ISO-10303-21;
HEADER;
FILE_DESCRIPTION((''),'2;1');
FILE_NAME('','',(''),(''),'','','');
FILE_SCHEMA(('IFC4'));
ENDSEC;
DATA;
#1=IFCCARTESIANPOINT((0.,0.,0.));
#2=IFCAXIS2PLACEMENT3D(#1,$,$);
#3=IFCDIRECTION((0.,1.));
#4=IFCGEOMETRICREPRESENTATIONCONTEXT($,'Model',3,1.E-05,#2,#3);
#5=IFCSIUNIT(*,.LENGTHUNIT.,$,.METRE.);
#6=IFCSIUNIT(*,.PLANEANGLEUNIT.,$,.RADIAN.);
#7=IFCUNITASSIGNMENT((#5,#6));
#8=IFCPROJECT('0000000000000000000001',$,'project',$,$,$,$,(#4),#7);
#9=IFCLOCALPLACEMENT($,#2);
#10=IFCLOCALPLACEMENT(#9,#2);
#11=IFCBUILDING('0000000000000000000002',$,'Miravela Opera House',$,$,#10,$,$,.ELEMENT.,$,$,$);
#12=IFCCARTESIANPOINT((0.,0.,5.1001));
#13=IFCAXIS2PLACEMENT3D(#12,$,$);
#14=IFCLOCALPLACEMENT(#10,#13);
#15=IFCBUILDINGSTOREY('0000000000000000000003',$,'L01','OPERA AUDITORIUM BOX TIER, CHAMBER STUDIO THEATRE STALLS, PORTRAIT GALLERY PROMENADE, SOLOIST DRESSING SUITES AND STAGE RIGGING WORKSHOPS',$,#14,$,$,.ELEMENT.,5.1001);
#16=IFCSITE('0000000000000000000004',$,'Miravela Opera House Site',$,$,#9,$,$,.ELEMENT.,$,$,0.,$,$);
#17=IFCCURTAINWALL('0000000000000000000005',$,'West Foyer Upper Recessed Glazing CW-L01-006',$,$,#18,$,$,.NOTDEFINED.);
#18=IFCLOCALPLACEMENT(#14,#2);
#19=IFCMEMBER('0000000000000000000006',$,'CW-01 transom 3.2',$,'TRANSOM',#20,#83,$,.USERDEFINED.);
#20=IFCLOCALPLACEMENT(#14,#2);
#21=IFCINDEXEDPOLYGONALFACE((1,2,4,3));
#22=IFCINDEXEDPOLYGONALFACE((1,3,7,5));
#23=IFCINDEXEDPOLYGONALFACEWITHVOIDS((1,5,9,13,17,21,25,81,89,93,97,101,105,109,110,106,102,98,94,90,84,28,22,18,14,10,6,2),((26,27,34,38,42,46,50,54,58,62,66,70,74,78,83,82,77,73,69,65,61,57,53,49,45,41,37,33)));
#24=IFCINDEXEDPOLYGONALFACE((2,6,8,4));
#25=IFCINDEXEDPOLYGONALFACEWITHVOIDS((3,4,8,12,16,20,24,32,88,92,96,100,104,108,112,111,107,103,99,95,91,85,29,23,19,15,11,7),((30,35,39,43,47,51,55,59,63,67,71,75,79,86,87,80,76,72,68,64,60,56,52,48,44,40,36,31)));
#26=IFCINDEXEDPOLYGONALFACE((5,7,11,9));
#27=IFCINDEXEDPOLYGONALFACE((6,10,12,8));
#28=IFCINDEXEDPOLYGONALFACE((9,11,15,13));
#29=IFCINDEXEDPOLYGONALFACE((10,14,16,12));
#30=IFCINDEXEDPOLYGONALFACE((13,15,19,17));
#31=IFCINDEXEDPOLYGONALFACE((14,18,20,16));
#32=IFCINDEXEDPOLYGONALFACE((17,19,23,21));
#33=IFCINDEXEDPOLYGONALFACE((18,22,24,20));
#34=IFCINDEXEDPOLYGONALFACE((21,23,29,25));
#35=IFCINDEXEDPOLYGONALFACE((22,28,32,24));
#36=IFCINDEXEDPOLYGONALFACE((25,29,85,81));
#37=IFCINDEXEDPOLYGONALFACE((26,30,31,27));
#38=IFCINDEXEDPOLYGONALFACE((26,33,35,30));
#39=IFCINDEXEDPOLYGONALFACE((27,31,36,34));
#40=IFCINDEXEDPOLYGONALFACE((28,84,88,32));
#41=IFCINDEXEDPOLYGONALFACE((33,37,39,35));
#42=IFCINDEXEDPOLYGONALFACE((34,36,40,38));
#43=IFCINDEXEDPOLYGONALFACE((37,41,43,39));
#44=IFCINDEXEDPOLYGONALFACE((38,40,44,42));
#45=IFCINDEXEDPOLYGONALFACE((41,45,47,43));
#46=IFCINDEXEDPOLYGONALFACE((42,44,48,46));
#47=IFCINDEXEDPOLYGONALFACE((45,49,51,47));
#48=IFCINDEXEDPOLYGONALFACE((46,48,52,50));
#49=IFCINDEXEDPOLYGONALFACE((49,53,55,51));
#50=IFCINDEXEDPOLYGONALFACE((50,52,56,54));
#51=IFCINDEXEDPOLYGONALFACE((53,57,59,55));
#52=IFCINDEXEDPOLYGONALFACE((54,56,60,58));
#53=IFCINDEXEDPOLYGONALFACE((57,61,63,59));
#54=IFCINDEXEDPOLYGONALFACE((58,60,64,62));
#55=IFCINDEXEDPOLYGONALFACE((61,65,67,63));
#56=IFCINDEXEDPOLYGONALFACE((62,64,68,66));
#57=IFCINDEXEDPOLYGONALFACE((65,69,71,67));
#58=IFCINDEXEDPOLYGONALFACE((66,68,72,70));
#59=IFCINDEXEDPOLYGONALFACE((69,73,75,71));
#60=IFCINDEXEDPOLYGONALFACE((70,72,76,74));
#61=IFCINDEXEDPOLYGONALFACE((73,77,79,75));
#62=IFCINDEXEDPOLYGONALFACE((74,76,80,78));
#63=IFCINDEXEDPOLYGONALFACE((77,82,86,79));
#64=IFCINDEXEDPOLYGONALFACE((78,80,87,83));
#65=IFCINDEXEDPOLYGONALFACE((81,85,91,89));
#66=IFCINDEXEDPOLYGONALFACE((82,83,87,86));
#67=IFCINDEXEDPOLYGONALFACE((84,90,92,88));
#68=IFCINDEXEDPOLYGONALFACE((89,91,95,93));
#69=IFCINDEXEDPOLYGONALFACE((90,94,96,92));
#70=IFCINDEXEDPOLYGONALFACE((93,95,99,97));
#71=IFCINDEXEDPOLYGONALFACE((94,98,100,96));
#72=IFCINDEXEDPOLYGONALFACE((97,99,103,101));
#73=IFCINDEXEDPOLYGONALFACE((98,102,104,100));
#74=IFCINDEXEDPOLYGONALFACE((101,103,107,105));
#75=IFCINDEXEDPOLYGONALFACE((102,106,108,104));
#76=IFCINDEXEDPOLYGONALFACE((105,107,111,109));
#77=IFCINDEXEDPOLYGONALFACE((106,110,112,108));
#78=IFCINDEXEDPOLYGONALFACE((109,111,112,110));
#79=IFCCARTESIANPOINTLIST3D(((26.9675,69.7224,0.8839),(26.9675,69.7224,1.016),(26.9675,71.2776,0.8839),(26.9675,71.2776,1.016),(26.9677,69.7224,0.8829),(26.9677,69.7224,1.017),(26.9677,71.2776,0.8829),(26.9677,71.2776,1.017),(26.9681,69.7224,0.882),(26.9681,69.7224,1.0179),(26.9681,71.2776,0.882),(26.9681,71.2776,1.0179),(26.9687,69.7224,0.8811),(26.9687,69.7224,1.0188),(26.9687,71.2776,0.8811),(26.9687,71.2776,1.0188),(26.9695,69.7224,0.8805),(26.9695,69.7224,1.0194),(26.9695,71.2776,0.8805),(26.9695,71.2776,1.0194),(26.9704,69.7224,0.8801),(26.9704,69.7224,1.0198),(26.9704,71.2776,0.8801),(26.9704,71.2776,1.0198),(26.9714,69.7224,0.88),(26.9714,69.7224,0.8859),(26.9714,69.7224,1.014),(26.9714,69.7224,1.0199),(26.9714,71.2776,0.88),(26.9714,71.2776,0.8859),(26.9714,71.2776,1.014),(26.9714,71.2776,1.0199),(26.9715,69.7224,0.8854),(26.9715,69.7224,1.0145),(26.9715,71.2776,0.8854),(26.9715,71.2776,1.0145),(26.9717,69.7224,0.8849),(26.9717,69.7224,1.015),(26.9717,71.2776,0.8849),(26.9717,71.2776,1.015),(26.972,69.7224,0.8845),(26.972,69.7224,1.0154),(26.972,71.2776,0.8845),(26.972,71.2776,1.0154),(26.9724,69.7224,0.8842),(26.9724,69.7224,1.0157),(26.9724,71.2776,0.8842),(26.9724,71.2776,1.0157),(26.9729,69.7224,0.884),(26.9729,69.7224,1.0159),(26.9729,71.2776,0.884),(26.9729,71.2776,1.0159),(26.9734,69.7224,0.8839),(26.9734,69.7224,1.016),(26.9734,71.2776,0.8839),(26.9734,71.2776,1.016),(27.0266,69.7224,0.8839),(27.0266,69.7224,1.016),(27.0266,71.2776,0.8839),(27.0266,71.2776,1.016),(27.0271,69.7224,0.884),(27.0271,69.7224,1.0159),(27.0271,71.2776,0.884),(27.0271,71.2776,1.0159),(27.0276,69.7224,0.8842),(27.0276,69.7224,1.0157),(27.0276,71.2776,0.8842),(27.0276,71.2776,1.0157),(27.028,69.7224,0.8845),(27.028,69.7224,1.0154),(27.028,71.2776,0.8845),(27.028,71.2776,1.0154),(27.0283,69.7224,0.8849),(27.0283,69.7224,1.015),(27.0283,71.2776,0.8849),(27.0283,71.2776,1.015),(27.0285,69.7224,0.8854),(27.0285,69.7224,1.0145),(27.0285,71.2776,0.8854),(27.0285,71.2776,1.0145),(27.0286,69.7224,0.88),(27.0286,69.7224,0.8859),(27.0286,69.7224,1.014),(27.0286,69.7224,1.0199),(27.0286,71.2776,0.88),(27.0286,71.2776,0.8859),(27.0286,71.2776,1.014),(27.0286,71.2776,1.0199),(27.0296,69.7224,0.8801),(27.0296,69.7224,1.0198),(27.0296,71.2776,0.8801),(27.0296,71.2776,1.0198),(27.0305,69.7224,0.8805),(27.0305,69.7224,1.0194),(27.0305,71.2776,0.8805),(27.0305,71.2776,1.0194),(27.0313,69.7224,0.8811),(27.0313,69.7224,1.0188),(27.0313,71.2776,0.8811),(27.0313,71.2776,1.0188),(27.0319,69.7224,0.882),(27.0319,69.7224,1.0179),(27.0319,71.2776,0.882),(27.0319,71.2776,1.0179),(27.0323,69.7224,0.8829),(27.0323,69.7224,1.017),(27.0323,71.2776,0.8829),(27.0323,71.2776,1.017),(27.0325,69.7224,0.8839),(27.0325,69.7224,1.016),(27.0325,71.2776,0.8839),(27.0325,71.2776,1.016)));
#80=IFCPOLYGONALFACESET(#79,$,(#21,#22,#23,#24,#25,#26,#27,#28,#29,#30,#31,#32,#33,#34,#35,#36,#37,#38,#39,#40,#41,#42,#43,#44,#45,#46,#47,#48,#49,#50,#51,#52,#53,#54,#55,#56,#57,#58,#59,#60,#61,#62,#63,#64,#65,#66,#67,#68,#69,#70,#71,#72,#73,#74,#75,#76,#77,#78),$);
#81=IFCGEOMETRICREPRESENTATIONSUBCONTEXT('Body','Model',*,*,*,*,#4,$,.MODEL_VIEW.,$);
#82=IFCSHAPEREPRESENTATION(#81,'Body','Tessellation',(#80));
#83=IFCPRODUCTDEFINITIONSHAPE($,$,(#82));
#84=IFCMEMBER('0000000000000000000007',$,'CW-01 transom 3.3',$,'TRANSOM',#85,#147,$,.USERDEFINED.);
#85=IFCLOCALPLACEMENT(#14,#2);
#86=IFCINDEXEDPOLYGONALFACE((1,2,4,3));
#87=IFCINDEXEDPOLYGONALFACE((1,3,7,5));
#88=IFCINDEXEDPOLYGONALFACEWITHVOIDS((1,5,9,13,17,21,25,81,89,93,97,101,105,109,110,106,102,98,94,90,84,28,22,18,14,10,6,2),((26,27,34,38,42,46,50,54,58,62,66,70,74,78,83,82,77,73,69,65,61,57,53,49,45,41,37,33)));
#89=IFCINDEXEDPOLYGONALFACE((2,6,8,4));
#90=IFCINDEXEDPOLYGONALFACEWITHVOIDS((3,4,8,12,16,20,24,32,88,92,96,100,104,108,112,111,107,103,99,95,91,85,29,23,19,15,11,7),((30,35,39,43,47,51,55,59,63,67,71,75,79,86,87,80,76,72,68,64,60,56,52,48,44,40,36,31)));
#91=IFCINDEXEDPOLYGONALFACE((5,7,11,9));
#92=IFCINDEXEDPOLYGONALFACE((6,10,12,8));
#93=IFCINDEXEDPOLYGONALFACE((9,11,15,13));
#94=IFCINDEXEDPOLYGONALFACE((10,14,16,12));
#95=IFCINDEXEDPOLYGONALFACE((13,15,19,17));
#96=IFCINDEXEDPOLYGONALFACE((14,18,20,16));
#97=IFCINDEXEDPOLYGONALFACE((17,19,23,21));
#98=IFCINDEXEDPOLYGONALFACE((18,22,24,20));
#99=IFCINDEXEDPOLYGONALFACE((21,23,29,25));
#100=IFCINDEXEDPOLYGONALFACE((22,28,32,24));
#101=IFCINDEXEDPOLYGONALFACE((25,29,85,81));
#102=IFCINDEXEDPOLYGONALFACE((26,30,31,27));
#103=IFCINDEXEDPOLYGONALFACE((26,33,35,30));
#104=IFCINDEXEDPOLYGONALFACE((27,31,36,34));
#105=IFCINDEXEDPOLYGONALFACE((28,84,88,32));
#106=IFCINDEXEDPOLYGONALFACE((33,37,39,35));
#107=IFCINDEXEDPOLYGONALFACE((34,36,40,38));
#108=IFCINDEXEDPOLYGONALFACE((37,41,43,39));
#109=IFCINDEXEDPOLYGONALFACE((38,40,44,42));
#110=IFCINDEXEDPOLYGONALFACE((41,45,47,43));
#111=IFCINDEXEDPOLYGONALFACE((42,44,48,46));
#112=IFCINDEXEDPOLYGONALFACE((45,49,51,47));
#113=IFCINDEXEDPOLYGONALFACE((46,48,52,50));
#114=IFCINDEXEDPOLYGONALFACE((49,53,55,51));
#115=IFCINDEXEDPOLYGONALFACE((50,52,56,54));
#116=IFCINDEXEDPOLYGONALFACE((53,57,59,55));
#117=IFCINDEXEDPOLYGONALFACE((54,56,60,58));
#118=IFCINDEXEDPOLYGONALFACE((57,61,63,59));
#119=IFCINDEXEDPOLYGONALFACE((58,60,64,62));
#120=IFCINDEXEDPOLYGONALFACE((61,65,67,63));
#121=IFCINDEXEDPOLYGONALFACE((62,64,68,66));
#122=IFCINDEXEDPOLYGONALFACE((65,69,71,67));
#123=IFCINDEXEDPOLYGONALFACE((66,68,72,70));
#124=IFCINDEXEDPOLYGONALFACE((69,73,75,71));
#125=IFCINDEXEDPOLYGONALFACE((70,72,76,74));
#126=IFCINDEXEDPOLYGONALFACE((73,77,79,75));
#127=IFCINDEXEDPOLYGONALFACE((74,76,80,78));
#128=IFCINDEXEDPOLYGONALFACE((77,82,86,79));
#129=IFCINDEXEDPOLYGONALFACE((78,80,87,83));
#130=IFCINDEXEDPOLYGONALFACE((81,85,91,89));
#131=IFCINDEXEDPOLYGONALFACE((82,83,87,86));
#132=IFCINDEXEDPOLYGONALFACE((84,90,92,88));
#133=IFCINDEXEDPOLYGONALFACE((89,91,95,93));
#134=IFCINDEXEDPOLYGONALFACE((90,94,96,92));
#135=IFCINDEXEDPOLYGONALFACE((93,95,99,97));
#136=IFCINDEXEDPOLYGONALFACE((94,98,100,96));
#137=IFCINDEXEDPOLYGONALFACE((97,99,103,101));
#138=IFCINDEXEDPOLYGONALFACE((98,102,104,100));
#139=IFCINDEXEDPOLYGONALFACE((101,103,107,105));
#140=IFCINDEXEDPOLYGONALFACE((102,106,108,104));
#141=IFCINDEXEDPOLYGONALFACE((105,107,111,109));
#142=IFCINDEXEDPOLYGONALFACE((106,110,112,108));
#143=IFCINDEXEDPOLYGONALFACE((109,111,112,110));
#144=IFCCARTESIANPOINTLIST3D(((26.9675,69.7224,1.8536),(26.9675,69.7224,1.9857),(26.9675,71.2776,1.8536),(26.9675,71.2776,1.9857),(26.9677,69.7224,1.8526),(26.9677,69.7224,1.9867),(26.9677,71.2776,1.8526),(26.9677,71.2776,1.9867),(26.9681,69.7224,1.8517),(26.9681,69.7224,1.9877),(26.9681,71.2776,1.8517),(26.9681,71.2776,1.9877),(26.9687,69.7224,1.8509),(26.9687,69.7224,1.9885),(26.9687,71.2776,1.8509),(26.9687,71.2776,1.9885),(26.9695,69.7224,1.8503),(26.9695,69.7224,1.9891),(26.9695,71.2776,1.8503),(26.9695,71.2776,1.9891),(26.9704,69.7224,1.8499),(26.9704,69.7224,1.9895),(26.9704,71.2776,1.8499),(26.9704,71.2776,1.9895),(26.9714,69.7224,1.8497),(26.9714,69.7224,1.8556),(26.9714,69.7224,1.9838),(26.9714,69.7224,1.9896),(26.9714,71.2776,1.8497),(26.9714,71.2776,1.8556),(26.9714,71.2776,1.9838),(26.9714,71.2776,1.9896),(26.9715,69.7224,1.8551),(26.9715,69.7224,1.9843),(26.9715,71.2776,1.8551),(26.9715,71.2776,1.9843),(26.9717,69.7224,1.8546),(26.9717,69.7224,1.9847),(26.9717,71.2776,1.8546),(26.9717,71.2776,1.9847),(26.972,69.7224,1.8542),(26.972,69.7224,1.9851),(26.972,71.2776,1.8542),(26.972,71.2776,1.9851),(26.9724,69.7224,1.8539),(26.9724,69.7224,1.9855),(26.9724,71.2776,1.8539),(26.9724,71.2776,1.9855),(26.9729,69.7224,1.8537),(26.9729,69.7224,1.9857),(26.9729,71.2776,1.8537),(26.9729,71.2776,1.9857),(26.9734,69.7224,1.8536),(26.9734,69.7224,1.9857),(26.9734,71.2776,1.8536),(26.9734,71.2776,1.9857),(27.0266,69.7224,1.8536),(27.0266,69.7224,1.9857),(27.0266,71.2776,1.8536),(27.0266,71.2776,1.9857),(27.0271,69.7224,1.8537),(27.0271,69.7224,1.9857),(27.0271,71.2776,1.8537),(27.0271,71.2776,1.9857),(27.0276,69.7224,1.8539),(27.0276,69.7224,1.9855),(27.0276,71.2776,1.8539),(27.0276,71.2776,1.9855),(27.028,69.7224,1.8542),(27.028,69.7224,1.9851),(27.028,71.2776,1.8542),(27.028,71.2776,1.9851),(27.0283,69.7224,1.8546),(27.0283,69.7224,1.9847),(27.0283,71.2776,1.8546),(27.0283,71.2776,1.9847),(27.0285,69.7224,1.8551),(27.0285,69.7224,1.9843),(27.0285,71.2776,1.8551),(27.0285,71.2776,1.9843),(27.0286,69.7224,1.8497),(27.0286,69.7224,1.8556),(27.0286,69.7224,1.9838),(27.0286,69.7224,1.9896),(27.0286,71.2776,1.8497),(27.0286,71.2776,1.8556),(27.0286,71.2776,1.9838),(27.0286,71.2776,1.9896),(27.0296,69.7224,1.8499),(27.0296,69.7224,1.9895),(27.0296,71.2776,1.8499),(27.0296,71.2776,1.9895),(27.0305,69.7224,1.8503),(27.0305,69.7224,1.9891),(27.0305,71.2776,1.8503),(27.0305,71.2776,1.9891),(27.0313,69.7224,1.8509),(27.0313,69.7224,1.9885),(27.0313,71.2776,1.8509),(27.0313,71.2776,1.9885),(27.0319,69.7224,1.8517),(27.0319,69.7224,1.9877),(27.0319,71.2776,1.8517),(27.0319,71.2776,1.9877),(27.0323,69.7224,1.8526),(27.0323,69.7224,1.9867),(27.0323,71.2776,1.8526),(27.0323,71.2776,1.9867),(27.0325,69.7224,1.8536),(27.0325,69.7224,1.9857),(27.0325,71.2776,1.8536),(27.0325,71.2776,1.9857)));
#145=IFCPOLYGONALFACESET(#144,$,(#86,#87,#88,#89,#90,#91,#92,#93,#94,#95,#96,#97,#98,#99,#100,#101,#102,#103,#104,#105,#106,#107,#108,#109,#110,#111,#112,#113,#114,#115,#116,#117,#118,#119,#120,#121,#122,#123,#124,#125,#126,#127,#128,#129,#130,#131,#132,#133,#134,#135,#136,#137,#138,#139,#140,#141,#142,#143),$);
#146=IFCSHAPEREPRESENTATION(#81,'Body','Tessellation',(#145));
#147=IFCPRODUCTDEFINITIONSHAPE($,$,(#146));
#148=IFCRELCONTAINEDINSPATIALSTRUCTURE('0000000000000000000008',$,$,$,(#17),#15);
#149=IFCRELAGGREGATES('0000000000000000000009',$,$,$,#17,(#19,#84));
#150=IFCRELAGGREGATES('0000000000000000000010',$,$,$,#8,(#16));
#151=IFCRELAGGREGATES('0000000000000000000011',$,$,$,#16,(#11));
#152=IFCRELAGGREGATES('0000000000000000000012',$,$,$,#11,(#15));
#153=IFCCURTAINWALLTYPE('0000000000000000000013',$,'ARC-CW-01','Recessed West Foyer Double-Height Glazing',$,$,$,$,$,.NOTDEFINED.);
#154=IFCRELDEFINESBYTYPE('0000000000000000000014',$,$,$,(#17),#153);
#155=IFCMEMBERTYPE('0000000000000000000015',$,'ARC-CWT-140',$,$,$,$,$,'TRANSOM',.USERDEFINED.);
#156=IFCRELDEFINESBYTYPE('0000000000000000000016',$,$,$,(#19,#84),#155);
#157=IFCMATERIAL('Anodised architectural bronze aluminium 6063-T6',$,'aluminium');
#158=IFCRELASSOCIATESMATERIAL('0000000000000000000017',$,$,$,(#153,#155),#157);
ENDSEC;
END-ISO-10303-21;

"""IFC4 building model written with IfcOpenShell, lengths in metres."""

from ifc_helpers import new_model, si_unit, direction, frame, origin, origin_2d, place, context, subcontext, project, spatial, hollow_rectangle, extrude, material, material_profile, profile_set, type_object, element, aggregate, save


model = new_model("IFC4")

# Units and contexts
model_context = context("Model", 3, precision=1e-05, world=origin(), true_north=direction((0.0, 1.0)))
body_context = subcontext(model_context, "Body", "Model", "MODEL_VIEW")
ifc_project = project(units=[si_unit("LENGTHUNIT", "METRE"), si_unit("PLANEANGLEUNIT", "RADIAN")], contexts=[model_context])

# Site, building, storey
site_placement = place(None, origin())
site = spatial("IfcSite", under=ifc_project, at=site_placement, Name="Miravela Opera House Site", CompositionType="ELEMENT", RefElevation=0.0)
building_placement = place(site_placement, origin())
building = spatial("IfcBuilding", under=site, at=building_placement, Name="Miravela Opera House", CompositionType="ELEMENT")
storey_placement = place(building_placement, frame((0.0, 0.0, 5.1001)))
storey = spatial("IfcBuildingStorey", under=building, at=storey_placement, Name="L01", Description="OPERA AUDITORIUM BOX TIER, CHAMBER STUDIO THEATRE STALLS, PORTRAIT GALLERY PROMENADE, SOLOIST DRESSING SUITES AND STAGE RIGGING WORKSHOPS", CompositionType="ELEMENT", Elevation=5.1001)

# Curtain wall, members
ifc_material_1 = material(Name="Anodised architectural bronze aluminium 6063-T6", Category="aluminium")
curtain_wall_type = type_object("IfcCurtainWallType", Name="ARC-CW-01", Description="Recessed West Foyer Double-Height Glazing", PredefinedType="NOTDEFINED", material=ifc_material_1)
curtain_wall_placement = place(storey_placement, origin())
curtain_wall = element("IfcCurtainWall", 1, at=curtain_wall_placement, inside=storey, type_object=curtain_wall_type, Name="West Foyer Upper Recessed Glazing CW-L01-006", PredefinedType="NOTDEFINED")
ifc_material_profile_1 = material_profile(ifc_material_1, hollow_rectangle(XDim=0.0649, YDim=0.1399, WallThickness=0.0039, InnerFilletRadius=0.002, OuterFilletRadius=0.0039, at=origin_2d()), Name="CWT-65X140")
ifc_profile_set_1 = profile_set([ifc_material_profile_1])
member_type_1 = type_object("IfcMemberType", Name="ARC-CWT-140", ElementType="TRANSOM", PredefinedType="USERDEFINED", material=ifc_profile_set_1)
member_1_placement = place(storey_placement, frame((27.0, 69.7224, 0.95), z_axis=(0.0, 1.0, 0.0), x_axis=(-1.0, 0.0, 0.0)))
member_1 = element("IfcMember", 2, at=member_1_placement, type_object=member_type_1, Name="CW-01 transom 3.2", ObjectType="TRANSOM", PredefinedType="USERDEFINED", context=body_context, shape_type="SweptSolid", body=[
    extrude(hollow_rectangle(XDim=0.0649, YDim=0.1399, WallThickness=0.0039, InnerFilletRadius=0.002, OuterFilletRadius=0.0039, at=origin_2d()), origin(), (0.0, 0.0, 1.0), 1.5552),
])
member_2_placement = place(storey_placement, frame((27.0, 69.7224, 1.9197), z_axis=(0.0, 1.0, 0.0), x_axis=(-1.0, 0.0, 0.0)))
member_2 = element("IfcMember", 3, at=member_2_placement, type_object=member_type_1, Name="CW-01 transom 3.3", ObjectType="TRANSOM", PredefinedType="USERDEFINED", context=body_context, shape_type="SweptSolid", body=[
    extrude(hollow_rectangle(XDim=0.0649, YDim=0.1399, WallThickness=0.0039, InnerFilletRadius=0.002, OuterFilletRadius=0.0039, at=origin_2d()), origin(), (0.0, 0.0, 1.0), 1.5552),
])
aggregate(curtain_wall, [member_1, member_2])

save(model, "model.ifc")
